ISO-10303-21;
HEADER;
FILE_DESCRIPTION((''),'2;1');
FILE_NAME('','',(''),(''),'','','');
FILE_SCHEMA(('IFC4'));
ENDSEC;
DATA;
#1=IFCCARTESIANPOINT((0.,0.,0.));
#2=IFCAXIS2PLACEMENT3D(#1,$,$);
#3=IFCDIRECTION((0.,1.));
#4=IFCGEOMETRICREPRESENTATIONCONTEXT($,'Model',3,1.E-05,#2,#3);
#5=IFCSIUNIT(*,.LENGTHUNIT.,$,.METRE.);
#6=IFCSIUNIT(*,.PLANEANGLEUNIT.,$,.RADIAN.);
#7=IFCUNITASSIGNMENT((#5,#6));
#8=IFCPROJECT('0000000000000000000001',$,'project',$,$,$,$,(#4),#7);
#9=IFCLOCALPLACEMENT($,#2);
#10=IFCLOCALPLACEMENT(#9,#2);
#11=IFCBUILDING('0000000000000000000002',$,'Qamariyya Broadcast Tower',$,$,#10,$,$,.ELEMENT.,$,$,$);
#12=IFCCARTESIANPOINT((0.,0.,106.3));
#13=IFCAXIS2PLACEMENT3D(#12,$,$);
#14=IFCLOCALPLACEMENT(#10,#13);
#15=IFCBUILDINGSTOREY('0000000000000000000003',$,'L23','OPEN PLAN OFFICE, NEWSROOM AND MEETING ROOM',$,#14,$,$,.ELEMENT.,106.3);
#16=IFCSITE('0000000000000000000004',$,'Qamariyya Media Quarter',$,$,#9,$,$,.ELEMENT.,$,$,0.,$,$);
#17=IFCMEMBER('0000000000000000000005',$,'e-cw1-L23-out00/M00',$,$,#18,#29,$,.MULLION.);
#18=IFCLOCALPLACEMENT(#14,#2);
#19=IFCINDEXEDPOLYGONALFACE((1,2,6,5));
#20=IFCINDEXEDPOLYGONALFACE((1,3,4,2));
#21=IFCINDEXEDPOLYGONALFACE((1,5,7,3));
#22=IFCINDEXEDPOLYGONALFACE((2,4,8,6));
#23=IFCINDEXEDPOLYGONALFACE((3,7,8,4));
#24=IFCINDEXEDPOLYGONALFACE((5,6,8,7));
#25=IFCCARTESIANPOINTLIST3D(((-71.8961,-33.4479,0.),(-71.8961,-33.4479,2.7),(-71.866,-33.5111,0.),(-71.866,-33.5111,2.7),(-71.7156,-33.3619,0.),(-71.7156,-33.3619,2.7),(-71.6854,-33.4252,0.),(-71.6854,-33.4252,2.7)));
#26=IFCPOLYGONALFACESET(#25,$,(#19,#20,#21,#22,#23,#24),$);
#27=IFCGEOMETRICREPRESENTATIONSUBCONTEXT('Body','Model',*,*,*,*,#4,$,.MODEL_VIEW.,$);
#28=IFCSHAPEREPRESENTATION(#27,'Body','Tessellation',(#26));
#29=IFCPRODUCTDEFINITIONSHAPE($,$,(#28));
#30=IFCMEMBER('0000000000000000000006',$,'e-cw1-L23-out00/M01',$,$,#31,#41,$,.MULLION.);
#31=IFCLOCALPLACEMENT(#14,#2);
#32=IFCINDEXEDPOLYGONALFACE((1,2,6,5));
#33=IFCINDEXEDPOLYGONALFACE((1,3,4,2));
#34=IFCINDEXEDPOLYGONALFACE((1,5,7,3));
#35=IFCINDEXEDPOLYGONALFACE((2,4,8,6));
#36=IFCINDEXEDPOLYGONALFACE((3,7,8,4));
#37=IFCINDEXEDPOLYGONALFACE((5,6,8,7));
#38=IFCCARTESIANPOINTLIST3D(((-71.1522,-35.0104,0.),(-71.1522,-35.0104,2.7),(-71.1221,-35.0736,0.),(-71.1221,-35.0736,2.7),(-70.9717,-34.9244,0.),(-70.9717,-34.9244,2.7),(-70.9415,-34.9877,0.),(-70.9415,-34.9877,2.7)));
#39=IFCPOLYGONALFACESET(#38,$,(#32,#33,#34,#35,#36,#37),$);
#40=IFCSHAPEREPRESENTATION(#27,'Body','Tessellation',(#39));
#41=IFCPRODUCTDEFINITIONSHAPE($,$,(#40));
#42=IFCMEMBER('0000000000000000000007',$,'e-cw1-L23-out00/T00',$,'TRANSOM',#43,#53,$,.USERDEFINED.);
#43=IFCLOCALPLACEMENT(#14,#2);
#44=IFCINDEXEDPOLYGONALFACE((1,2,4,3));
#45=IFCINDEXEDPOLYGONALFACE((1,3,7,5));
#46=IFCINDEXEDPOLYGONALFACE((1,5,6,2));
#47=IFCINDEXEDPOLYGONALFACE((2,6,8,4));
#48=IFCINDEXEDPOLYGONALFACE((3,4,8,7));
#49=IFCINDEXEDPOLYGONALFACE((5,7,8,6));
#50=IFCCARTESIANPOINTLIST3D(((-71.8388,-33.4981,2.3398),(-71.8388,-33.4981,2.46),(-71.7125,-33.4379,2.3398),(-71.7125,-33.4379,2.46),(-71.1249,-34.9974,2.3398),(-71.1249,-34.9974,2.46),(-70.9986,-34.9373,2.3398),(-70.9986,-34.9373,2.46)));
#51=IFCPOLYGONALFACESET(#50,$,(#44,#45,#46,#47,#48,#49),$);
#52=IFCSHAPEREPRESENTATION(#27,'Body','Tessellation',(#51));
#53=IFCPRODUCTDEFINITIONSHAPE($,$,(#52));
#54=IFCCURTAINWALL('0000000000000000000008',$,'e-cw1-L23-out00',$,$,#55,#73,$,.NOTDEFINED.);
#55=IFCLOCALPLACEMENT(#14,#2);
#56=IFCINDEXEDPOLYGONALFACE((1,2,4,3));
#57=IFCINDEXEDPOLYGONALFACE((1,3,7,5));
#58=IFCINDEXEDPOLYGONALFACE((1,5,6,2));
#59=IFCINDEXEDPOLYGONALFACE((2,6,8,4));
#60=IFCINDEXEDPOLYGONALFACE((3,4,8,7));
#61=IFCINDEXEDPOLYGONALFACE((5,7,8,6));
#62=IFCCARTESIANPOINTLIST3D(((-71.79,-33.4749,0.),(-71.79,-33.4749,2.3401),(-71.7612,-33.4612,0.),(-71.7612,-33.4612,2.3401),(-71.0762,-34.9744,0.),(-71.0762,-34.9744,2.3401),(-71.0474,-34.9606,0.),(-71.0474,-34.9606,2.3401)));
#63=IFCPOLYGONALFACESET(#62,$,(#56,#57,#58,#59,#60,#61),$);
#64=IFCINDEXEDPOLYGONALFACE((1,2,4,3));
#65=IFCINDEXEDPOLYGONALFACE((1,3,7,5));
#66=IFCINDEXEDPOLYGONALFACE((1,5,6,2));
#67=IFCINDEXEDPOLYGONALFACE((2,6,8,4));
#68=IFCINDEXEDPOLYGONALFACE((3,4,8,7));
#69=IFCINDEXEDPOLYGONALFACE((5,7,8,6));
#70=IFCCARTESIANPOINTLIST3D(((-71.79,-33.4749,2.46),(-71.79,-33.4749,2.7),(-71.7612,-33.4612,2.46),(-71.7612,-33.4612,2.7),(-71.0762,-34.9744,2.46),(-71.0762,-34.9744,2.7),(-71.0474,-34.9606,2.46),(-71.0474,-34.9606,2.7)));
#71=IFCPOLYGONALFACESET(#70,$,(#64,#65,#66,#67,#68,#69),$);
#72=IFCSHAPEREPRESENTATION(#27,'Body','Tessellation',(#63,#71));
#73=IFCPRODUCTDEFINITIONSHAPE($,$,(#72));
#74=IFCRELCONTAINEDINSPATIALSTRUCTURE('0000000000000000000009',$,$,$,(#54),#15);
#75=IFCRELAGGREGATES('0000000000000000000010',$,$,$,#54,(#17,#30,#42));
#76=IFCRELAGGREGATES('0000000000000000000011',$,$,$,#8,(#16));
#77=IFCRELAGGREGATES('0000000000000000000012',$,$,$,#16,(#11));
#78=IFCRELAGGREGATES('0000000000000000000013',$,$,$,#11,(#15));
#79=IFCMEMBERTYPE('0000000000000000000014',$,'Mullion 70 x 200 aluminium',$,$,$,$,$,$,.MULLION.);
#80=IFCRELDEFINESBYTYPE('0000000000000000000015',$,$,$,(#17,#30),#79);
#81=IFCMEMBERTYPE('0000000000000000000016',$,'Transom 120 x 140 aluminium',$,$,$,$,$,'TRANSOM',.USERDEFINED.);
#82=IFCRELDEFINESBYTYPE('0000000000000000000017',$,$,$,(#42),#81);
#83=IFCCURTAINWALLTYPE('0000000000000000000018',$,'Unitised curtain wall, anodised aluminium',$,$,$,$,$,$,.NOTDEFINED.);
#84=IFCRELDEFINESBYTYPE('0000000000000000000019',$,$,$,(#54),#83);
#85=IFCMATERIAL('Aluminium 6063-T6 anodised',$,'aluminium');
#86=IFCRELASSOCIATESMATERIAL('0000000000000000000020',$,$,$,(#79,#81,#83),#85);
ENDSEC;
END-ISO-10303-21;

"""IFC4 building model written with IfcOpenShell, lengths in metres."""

from ifc_helpers import new_model, si_unit, direction, frame, origin, origin_2d, place, context, subcontext, project, spatial, rectangle, extrude, material, material_profile, profile_set, type_object, element, aggregate, save


model = new_model("IFC4")

# Units and contexts
model_context = context("Model", 3, precision=1e-05, world=origin(), true_north=direction((0.0, 1.0)))
body_context = subcontext(model_context, "Body", "Model", "MODEL_VIEW")
ifc_project = project(units=[si_unit("LENGTHUNIT", "METRE"), si_unit("PLANEANGLEUNIT", "RADIAN")], contexts=[model_context])

# Members
ifc_material = material(Name="Aluminium 6063-T6 anodised", Category="aluminium")
ifc_material_profile_1 = material_profile(ifc_material, rectangle(XDim=0.2, YDim=0.0701, at=origin_2d()))
ifc_profile_set_1 = profile_set([ifc_material_profile_1], Name="Aluminium 6063-T6 anodised")
member_type_1 = type_object("IfcMemberType", Name="Mullion 70 x 200 aluminium", PredefinedType="MULLION", material=ifc_profile_set_1)
site_placement = place(None, origin())
building_placement = place(site_placement, origin())
storey_placement = place(building_placement, frame((0.0, 0.0, 106.3)))
member_1_placement = place(storey_placement, frame((-71.7908, -33.4365, 0.0), z_axis=(0.0, 0.0, 1.0), x_axis=(0.902882, 0.429887, 0.0)))
member_1 = element("IfcMember", 1, at=member_1_placement, type_object=member_type_1, Name="e-cw1-L23-out00/M00", PredefinedType="MULLION", context=body_context, shape_type="SweptSolid", body=[
    extrude(rectangle(XDim=0.2, YDim=0.0701, at=origin_2d()), origin(), (0.0, 0.0, 1.0), 2.7),
])
member_2_placement = place(storey_placement, frame((-71.0469, -34.999, 0.0), z_axis=(0.0, 0.0, 1.0), x_axis=(0.902882, 0.429887, 0.0)))
member_2 = element("IfcMember", 2, at=member_2_placement, type_object=member_type_1, Name="e-cw1-L23-out00/M01", PredefinedType="MULLION", context=body_context, shape_type="SweptSolid", body=[
    extrude(rectangle(XDim=0.2, YDim=0.0701, at=origin_2d()), origin(), (0.0, 0.0, 1.0), 2.7),
])
ifc_material_profile_2 = material_profile(ifc_material, rectangle(XDim=0.1399, YDim=0.1201, at=origin_2d()))
ifc_profile_set_2 = profile_set([ifc_material_profile_2], Name="Aluminium 6063-T6 anodised")
member_type_2 = type_object("IfcMemberType", Name="Transom 120 x 140 aluminium", ElementType="TRANSOM", PredefinedType="USERDEFINED", material=ifc_profile_set_2)
member_3_placement = place(storey_placement, frame((-71.7756, -33.468, 2.3999), z_axis=(0.429899, -0.902877, 0.0), x_axis=(0.902877, 0.429899, 0.0)))
member_3 = element("IfcMember", 3, at=member_3_placement, type_object=member_type_2, Name="e-cw1-L23-out00/T00", ObjectType="TRANSOM", PredefinedType="USERDEFINED", context=body_context, shape_type="SweptSolid", body=[
    extrude(rectangle(XDim=0.1399, YDim=0.1201, at=origin_2d()), origin(), (0.0, 0.0, 1.0), 1.6606),
])

# Site, building, storey
site = spatial("IfcSite", under=ifc_project, at=site_placement, Name="Qamariyya Media Quarter", CompositionType="ELEMENT", RefElevation=0.0)
building = spatial("IfcBuilding", under=site, at=building_placement, Name="Qamariyya Broadcast Tower", CompositionType="ELEMENT")
storey = spatial("IfcBuildingStorey", under=building, at=storey_placement, Name="L23", Description="OPEN PLAN OFFICE, NEWSROOM AND MEETING ROOM", CompositionType="ELEMENT", Elevation=106.3)

# Curtain wall
curtain_wall_type = type_object("IfcCurtainWallType", Name="Unitised curtain wall, anodised aluminium", PredefinedType="NOTDEFINED", material=ifc_material)
curtain_wall_1_placement = place(storey_placement, origin())
curtain_wall_1 = element("IfcCurtainWall", 4, at=curtain_wall_1_placement, inside=storey, type_object=curtain_wall_type, Name="e-cw1-L23-out00", PredefinedType="NOTDEFINED", context=body_context, shape_type="SweptSolid", body=[
    extrude(rectangle(XDim=1.6606, YDim=0.032, at=origin_2d()), frame((-71.4187, -34.2178, 0.0), x_axis=(0.429828, -0.902911, 0.0)), (0.0, 0.0, 1.0), 2.3401),
    extrude(rectangle(XDim=1.6606, YDim=0.032, at=origin_2d()), frame((-71.4187, -34.2178, 2.46), x_axis=(0.429828, -0.902911, 0.0)), (0.0, 0.0, 1.0), 0.24),
])
aggregate(curtain_wall_1, [member_1, member_2, member_3])

save(model, "model.ifc")
